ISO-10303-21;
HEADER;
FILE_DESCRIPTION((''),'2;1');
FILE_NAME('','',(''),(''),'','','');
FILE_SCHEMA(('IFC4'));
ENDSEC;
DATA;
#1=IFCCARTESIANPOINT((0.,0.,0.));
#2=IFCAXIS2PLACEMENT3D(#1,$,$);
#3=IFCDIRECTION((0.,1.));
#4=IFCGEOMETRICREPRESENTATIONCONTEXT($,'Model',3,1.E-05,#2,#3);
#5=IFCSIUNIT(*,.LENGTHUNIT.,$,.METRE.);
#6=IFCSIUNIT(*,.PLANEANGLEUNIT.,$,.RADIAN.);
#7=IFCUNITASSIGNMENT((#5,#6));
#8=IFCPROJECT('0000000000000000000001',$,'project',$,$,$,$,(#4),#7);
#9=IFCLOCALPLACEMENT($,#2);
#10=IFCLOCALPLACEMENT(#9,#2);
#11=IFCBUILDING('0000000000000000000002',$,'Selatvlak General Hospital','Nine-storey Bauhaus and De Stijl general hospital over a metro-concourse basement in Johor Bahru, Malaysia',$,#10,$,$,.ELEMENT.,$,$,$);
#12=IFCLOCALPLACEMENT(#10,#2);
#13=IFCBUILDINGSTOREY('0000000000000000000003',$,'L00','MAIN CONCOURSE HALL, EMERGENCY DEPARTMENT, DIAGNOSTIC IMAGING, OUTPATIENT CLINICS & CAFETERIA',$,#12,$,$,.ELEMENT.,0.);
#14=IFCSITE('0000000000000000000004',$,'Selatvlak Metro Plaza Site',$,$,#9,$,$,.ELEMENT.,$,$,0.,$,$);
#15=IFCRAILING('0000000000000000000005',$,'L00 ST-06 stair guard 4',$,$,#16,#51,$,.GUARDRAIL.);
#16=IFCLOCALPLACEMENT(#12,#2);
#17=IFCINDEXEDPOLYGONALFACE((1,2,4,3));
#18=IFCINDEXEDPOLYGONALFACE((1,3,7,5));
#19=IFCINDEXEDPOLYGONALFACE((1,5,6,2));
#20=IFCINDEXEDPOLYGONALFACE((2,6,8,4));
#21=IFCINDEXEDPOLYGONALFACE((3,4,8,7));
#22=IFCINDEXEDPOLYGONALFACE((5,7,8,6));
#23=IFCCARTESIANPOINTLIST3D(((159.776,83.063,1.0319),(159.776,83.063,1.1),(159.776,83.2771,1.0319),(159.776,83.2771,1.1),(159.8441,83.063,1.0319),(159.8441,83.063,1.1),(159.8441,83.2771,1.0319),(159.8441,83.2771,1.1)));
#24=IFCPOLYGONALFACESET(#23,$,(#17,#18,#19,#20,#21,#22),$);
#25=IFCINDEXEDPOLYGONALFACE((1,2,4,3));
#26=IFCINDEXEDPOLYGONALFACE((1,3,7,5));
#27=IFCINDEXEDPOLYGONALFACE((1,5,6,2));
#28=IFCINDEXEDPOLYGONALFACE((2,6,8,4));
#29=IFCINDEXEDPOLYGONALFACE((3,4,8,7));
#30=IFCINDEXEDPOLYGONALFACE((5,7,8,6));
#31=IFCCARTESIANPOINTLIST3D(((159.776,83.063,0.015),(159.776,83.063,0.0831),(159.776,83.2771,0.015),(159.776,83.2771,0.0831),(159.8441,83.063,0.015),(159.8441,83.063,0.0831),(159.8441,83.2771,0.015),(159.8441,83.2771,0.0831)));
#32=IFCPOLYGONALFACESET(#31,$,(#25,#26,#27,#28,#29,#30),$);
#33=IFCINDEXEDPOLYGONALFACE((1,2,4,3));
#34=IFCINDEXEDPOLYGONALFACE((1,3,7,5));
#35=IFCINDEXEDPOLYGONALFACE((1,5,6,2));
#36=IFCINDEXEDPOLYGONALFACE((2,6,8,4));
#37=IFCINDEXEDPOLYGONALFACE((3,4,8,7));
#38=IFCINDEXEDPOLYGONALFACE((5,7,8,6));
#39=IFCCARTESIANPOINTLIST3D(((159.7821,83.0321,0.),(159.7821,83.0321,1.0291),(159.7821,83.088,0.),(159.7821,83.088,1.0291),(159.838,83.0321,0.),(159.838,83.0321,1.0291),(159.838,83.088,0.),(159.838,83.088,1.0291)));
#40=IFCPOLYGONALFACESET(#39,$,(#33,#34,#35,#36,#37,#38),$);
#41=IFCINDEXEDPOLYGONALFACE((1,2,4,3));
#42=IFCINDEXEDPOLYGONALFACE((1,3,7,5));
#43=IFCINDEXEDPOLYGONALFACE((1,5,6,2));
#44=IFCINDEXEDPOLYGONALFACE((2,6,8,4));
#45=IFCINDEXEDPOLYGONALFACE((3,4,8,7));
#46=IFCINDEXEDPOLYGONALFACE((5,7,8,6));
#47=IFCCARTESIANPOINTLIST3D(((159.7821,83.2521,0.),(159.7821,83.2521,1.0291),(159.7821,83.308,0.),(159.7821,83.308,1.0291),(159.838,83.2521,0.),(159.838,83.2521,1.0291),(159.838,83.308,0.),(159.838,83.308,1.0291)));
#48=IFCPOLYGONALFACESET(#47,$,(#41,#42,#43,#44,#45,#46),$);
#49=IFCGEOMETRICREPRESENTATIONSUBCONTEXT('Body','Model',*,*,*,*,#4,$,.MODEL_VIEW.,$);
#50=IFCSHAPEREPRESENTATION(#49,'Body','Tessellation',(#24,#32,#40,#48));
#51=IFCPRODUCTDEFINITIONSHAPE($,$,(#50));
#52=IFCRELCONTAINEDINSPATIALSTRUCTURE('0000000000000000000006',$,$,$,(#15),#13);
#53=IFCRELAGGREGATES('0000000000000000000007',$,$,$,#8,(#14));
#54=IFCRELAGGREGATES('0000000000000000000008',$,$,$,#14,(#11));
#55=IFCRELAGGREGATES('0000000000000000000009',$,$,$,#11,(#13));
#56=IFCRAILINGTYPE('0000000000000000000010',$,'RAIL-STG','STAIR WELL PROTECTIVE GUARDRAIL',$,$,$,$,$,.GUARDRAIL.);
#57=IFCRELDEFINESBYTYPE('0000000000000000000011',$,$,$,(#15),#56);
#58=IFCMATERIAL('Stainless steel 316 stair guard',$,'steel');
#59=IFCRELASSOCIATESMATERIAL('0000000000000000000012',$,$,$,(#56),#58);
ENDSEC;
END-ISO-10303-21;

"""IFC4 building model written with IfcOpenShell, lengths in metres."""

from ifc_helpers import new_model, si_unit, direction, frame, origin, origin_2d, place, context, subcontext, project, spatial, rectangle, extrude, material, type_object, element, save


model = new_model("IFC4")

# Units and contexts
model_context = context("Model", 3, precision=1e-05, world=origin(), true_north=direction((0.0, 1.0)))
body_context = subcontext(model_context, "Body", "Model", "MODEL_VIEW")
ifc_project = project(units=[si_unit("LENGTHUNIT", "METRE"), si_unit("PLANEANGLEUNIT", "RADIAN")], contexts=[model_context])

# Site, building, storey
site_placement = place(None, origin())
site = spatial("IfcSite", under=ifc_project, at=site_placement, Name="Selatvlak Metro Plaza Site", CompositionType="ELEMENT", RefElevation=0.0)
building_placement = place(site_placement, origin())
building = spatial("IfcBuilding", under=site, at=building_placement, Name="Selatvlak General Hospital", Description="Nine-storey Bauhaus and De Stijl general hospital over a metro-concourse basement in Johor Bahru, Malaysia", CompositionType="ELEMENT")
storey_placement = place(building_placement, origin())
storey = spatial("IfcBuildingStorey", under=building, at=storey_placement, Name="L00", Description="MAIN CONCOURSE HALL, EMERGENCY DEPARTMENT, DIAGNOSTIC IMAGING, OUTPATIENT CLINICS & CAFETERIA", CompositionType="ELEMENT", Elevation=0.0)

# Railing
ifc_material_1 = material(Name="Stainless steel 316 stair guard", Category="steel")
railing_type_1 = type_object("IfcRailingType", Name="RAIL-STG", Description="STAIR WELL PROTECTIVE GUARDRAIL", PredefinedType="GUARDRAIL", material=ifc_material_1)
railing_1_placement = place(storey_placement, frame((159.8101, 83.0601, 0.0)))
element("IfcRailing", 1, at=railing_1_placement, inside=storey, type_object=railing_type_1, Name="L00 ST-06 stair guard 4", PredefinedType="GUARDRAIL", context=body_context, shape_type="SweptSolid", body=[
    extrude(rectangle(XDim=0.0681, YDim=0.0681, at=origin_2d()), frame((0.0, 0.0029, 1.0659), z_axis=(0.0, 1.0, 0.0), x_axis=(-1.0, 0.0, 0.0)), (0.0, 0.0, 1.0), 0.2141),
    extrude(rectangle(XDim=0.0681, YDim=0.0681, at=origin_2d()), frame((0.0, 0.0029, 0.0491), z_axis=(0.0, 1.0, 0.0), x_axis=(-1.0, 0.0, 0.0)), (0.0, 0.0, 1.0), 0.2141),
    extrude(rectangle(XDim=0.0559, YDim=0.0559, at=origin_2d()), origin(), (0.0, 0.0, 1.0), 1.0291),
    extrude(rectangle(XDim=0.0559, YDim=0.0559, at=origin_2d()), frame((0.0, 0.22, 0.0)), (0.0, 0.0, 1.0), 1.0291),
])

save(model, "model.ifc")
